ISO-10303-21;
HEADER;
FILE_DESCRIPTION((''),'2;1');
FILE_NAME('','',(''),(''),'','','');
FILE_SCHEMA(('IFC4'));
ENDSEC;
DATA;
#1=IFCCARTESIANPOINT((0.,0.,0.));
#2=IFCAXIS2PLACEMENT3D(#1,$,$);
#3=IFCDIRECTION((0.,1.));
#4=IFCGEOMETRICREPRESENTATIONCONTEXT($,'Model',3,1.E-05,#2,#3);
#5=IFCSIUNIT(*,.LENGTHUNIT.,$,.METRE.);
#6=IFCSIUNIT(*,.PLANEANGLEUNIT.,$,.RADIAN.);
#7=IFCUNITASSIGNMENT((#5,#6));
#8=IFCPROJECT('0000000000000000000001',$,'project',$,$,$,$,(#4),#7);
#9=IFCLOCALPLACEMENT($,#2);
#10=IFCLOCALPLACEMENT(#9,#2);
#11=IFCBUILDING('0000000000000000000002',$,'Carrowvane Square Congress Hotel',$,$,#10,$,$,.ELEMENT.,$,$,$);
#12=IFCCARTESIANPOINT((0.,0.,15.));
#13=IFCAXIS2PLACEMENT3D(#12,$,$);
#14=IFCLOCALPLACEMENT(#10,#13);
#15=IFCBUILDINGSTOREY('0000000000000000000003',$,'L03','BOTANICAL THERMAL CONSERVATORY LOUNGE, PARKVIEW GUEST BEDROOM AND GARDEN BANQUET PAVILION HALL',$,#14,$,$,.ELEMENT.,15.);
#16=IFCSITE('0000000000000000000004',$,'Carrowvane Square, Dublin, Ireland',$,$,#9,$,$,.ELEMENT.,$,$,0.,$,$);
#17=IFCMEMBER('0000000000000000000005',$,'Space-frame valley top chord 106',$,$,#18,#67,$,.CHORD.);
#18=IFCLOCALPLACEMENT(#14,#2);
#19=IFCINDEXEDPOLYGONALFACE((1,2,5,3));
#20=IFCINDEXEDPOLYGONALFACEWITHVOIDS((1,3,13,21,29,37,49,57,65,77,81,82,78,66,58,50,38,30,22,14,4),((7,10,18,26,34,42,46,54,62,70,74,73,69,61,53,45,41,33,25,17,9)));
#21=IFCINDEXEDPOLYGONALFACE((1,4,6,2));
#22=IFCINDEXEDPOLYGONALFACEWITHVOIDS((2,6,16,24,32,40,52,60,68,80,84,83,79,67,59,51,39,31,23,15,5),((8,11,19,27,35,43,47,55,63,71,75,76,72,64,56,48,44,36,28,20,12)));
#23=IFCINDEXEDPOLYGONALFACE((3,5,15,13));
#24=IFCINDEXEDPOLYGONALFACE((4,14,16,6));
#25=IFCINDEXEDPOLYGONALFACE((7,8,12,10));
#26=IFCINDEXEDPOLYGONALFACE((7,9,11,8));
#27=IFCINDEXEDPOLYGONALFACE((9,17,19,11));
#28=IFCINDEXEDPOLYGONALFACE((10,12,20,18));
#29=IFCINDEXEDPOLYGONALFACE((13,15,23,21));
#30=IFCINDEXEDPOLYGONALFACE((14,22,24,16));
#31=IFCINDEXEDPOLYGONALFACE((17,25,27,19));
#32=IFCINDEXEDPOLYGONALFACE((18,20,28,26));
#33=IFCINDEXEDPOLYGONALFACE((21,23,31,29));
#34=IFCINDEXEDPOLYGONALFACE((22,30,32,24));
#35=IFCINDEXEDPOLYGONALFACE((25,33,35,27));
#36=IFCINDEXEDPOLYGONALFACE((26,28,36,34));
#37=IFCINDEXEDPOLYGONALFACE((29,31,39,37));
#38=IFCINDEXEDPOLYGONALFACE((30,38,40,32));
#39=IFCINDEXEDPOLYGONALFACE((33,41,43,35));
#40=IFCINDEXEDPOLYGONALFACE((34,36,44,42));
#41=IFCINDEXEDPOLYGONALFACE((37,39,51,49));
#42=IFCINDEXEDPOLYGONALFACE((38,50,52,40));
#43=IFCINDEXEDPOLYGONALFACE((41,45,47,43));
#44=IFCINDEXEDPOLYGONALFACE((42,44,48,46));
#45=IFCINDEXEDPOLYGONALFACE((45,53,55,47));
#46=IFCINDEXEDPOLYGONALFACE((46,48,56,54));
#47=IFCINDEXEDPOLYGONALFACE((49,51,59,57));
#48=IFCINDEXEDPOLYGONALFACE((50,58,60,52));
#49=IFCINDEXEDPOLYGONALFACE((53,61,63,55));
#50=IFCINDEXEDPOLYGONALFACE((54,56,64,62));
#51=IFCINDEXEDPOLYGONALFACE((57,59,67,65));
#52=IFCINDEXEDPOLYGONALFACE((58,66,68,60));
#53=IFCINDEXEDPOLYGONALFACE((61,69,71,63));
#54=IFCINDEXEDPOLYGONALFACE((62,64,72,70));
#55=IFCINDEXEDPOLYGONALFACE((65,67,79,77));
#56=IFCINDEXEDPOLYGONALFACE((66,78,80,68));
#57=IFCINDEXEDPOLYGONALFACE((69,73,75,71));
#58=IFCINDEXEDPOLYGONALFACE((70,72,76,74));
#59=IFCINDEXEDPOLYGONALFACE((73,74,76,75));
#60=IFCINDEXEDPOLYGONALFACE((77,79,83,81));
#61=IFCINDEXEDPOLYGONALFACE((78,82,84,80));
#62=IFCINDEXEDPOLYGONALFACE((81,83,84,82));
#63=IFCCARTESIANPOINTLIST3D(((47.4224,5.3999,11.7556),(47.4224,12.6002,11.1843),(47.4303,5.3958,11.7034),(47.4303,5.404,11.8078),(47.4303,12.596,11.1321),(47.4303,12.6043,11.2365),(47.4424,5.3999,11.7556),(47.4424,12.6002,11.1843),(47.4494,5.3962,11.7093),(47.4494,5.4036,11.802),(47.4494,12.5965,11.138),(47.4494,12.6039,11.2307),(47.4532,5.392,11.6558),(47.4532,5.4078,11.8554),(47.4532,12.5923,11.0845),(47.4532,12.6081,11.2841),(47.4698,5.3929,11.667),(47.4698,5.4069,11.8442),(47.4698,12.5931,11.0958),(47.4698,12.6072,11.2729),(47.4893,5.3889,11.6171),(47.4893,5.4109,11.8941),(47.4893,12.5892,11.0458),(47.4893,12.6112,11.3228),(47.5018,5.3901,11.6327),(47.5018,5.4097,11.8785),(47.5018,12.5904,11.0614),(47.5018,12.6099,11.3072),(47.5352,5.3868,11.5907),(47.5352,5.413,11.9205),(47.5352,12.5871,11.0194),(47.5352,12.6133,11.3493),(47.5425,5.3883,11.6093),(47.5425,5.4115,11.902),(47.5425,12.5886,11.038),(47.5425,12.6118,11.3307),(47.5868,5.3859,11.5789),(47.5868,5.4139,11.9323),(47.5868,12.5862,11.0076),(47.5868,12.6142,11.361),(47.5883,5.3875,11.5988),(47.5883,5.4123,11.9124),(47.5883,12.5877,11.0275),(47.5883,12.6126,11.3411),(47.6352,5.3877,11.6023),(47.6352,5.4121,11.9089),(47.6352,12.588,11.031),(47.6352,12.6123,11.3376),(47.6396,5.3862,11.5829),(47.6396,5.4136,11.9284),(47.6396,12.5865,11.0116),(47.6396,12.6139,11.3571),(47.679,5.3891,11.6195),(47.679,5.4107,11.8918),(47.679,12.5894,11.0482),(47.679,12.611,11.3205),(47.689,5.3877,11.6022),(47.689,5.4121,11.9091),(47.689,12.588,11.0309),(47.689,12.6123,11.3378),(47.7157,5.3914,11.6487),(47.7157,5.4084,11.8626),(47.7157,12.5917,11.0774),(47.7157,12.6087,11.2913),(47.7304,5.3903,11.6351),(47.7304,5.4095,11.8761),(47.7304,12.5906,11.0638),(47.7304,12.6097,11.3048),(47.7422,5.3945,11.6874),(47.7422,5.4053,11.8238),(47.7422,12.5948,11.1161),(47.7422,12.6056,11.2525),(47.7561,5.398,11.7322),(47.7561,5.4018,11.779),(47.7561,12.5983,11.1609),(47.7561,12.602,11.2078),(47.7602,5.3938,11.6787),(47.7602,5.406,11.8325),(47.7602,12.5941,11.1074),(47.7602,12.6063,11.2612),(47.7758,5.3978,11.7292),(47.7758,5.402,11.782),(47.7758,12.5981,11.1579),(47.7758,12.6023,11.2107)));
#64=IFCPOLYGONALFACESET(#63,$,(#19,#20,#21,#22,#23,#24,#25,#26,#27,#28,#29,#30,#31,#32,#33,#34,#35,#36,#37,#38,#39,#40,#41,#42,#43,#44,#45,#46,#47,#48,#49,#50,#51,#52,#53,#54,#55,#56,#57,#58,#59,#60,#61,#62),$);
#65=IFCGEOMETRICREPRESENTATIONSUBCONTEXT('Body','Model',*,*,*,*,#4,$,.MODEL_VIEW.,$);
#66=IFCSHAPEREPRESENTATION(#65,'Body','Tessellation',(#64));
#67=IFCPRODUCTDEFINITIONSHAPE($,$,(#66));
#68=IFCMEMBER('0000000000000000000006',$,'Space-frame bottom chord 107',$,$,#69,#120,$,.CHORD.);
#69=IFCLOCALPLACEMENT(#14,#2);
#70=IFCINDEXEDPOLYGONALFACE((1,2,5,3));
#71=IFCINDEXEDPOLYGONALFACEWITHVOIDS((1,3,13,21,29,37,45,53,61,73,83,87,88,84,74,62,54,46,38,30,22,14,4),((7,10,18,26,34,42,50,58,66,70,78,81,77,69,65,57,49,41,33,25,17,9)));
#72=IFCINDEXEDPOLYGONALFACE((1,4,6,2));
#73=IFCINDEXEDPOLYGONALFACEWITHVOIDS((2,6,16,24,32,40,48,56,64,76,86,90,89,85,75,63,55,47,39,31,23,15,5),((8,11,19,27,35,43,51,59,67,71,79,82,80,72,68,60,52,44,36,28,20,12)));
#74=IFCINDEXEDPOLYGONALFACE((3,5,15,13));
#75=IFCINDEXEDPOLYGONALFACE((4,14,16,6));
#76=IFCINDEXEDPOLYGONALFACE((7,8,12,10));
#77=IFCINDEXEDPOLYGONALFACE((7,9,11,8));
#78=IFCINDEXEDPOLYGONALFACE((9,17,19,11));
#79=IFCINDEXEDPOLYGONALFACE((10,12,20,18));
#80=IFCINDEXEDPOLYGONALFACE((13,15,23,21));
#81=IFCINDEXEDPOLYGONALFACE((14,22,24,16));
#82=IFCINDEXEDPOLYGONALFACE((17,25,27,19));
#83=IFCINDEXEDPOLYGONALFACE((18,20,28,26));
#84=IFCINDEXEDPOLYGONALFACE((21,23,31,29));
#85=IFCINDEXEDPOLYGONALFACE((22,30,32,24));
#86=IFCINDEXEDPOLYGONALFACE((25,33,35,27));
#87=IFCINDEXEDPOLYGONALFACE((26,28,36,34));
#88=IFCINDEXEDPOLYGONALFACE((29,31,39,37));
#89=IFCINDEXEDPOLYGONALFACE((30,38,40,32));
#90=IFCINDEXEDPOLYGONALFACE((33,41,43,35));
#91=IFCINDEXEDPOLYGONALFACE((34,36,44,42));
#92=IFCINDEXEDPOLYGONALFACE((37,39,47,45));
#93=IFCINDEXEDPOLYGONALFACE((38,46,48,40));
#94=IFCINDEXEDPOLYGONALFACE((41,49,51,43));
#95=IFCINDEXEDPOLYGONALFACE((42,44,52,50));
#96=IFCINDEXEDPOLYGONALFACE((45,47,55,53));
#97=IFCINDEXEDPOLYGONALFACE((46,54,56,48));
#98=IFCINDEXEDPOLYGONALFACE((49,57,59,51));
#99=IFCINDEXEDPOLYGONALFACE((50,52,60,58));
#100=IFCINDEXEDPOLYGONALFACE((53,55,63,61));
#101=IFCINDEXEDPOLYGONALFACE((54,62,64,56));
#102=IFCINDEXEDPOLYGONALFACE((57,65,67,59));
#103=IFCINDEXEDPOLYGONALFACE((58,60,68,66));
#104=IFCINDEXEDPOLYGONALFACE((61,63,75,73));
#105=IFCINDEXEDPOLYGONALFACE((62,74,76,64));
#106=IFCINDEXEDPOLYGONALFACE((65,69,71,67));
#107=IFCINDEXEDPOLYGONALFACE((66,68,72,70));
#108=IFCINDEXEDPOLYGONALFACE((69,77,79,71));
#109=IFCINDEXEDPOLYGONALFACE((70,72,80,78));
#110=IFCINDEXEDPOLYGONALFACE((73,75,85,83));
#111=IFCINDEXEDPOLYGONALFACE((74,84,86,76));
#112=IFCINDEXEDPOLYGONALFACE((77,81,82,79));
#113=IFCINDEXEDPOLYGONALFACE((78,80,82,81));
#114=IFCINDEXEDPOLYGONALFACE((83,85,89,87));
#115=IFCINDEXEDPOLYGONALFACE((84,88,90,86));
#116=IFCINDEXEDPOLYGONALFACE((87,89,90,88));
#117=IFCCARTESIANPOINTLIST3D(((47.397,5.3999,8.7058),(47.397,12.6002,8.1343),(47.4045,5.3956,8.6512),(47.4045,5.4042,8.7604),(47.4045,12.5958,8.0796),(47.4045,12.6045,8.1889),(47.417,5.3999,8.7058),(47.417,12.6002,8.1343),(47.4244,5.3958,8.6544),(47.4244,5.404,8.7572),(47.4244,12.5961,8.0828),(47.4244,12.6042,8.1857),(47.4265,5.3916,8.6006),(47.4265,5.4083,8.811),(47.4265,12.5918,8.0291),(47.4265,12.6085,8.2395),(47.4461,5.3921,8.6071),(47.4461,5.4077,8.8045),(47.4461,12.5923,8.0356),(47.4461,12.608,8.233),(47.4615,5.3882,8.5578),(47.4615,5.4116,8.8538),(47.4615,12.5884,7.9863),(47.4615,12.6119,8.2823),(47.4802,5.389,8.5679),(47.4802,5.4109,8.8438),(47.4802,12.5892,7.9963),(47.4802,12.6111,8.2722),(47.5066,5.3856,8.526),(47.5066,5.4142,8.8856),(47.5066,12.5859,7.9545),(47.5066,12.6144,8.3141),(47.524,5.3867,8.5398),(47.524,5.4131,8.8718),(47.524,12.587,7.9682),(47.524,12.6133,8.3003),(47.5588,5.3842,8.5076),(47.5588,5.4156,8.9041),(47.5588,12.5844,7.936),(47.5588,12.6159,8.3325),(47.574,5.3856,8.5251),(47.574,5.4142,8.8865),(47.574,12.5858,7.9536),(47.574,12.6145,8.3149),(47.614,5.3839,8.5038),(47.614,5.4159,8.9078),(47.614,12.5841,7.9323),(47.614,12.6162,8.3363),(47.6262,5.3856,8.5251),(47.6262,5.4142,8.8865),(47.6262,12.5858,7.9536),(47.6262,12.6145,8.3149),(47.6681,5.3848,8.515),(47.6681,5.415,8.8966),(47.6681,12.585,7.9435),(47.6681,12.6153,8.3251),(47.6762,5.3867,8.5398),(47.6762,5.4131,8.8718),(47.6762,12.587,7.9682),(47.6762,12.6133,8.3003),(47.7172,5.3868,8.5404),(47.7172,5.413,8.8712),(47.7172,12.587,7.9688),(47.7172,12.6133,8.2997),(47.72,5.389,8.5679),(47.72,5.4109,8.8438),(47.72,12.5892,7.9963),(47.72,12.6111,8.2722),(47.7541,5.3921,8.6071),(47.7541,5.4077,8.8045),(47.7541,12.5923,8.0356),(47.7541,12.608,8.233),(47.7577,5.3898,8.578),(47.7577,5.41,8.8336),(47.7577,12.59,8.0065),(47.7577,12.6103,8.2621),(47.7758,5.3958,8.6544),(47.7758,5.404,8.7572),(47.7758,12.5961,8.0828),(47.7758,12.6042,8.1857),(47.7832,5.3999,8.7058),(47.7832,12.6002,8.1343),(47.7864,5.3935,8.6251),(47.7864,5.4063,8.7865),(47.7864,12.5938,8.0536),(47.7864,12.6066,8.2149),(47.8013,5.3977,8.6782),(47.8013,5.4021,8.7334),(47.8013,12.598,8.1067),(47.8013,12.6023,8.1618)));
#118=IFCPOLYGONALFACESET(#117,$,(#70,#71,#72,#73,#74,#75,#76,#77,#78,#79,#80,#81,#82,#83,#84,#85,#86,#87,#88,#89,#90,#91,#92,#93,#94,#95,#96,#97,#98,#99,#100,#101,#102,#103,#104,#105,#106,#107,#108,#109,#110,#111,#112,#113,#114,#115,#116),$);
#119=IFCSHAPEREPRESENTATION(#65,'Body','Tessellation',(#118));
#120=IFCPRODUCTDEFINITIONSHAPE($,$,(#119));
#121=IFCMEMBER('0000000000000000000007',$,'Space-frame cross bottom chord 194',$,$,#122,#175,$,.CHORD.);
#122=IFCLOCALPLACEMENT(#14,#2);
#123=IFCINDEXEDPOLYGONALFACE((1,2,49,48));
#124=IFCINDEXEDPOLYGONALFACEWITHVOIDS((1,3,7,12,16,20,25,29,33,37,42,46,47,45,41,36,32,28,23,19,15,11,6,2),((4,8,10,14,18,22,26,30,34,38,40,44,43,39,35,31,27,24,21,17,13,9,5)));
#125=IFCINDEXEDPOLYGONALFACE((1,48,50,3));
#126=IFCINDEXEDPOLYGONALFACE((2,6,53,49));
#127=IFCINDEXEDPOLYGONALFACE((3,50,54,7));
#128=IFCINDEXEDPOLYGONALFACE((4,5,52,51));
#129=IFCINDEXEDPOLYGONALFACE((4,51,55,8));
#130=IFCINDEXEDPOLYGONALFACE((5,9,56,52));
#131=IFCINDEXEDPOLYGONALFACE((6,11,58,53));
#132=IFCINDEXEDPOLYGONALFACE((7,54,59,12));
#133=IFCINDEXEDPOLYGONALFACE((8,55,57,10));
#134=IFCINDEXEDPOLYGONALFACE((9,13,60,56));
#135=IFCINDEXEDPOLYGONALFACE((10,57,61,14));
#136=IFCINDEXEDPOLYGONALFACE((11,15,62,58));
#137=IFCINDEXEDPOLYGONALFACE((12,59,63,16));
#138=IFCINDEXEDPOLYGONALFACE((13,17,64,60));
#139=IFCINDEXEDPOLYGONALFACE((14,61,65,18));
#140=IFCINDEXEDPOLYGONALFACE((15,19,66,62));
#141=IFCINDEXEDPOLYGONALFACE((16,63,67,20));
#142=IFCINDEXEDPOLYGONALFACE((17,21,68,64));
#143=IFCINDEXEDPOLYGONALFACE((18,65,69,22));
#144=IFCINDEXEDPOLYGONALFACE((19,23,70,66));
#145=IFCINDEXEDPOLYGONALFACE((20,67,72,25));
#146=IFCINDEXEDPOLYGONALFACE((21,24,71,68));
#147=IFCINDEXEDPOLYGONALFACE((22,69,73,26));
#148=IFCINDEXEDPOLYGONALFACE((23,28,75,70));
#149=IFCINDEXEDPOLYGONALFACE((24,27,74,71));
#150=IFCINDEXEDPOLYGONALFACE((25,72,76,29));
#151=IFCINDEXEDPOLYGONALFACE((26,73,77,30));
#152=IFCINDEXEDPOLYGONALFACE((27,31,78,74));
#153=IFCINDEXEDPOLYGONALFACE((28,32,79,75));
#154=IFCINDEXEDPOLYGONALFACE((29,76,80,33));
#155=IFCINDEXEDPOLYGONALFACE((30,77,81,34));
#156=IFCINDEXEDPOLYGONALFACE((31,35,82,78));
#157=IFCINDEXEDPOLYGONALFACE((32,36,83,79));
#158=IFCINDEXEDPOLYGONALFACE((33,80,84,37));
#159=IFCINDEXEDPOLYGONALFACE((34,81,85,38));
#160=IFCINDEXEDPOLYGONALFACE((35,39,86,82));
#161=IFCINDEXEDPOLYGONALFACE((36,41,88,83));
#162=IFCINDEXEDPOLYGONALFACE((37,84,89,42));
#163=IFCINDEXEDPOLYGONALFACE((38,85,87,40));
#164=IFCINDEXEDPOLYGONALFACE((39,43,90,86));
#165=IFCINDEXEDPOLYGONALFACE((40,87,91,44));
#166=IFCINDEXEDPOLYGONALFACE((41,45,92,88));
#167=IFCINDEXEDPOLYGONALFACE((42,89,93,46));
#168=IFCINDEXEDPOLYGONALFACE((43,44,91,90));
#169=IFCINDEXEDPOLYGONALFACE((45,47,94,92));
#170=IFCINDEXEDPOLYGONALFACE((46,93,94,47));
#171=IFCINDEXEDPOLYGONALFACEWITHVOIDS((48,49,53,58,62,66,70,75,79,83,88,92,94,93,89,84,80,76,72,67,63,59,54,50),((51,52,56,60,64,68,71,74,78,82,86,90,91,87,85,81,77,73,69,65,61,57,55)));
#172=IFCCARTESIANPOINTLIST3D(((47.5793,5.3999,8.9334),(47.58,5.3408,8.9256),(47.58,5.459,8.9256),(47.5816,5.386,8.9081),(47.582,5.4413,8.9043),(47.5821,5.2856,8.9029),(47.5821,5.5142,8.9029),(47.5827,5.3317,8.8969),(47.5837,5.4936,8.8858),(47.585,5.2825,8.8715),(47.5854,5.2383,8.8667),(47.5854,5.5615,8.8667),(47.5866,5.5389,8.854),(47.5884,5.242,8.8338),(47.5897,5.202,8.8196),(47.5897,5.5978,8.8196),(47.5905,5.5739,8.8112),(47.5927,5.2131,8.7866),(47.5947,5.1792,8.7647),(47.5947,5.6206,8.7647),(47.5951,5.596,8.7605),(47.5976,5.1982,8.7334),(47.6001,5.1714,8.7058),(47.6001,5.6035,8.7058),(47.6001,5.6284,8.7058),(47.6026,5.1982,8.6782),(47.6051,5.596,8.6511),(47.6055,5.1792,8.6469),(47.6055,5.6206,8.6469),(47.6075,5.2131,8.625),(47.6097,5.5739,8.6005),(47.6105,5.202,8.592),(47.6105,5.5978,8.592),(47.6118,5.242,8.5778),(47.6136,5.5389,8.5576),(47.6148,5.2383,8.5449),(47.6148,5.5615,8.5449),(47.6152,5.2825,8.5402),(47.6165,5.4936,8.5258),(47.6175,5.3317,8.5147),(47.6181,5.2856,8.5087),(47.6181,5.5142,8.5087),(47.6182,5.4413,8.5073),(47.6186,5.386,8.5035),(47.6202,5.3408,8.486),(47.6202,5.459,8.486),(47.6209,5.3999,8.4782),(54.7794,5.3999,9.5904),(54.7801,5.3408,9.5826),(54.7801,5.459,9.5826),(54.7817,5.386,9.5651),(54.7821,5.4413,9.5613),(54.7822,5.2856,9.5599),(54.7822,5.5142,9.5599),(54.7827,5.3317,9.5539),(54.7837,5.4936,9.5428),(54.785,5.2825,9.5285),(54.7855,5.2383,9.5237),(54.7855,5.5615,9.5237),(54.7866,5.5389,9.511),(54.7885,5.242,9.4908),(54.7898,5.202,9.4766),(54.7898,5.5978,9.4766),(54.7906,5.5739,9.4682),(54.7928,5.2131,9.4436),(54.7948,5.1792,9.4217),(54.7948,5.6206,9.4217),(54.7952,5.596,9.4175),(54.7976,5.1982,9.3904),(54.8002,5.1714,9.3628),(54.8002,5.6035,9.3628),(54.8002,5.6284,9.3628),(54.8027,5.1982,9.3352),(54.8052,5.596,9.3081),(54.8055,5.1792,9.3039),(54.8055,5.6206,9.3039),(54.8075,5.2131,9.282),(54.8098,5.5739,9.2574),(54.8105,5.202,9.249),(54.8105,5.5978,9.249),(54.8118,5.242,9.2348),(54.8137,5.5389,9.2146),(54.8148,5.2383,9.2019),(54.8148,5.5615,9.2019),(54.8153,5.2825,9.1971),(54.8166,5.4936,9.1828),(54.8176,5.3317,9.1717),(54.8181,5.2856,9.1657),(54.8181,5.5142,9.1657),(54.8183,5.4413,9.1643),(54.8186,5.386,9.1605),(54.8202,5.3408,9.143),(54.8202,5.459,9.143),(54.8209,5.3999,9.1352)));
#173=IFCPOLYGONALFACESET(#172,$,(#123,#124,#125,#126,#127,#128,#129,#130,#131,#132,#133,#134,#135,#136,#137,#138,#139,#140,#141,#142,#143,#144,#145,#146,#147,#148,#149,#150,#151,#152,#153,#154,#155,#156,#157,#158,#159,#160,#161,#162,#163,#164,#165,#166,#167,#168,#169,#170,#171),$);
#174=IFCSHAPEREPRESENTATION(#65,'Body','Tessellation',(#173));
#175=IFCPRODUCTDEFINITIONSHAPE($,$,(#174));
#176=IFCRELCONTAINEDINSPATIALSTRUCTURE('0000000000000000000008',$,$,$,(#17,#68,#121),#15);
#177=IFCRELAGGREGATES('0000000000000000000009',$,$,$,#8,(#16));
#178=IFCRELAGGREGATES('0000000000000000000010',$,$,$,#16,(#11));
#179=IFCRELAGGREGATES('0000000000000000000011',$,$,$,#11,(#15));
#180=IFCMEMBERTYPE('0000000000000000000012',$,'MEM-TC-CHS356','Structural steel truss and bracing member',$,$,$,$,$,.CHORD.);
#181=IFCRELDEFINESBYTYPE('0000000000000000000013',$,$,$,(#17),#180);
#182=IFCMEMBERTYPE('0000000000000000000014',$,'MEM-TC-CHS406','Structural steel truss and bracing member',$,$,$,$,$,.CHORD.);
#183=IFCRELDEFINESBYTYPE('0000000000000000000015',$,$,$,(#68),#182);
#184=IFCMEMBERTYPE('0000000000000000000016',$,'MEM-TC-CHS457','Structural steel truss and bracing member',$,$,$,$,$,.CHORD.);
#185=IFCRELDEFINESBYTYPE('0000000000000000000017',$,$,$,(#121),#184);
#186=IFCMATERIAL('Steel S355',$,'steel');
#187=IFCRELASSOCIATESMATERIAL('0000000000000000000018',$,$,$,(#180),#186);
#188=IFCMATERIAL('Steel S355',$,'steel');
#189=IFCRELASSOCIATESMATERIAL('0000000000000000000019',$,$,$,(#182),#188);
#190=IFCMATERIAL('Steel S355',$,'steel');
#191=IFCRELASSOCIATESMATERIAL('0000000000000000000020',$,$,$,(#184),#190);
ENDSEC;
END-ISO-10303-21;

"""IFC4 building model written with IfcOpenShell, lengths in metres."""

from ifc_helpers import new_model, si_unit, direction, frame, origin, origin_2d, place, context, subcontext, project, spatial, hollow_circle, extrude, material, material_profile, profile_set, type_object, element, save


model = new_model("IFC4")

# Units and contexts
model_context = context("Model", 3, precision=1e-05, world=origin(), true_north=direction((0.0, 1.0)))
body_context = subcontext(model_context, "Body", "Model", "MODEL_VIEW")
ifc_project = project(units=[si_unit("LENGTHUNIT", "METRE"), si_unit("PLANEANGLEUNIT", "RADIAN")], contexts=[model_context])

# Site, building, storey
site_placement = place(None, origin())
site = spatial("IfcSite", under=ifc_project, at=site_placement, Name="Carrowvane Square, Dublin, Ireland", CompositionType="ELEMENT", RefElevation=0.0)
building_placement = place(site_placement, origin())
building = spatial("IfcBuilding", under=site, at=building_placement, Name="Carrowvane Square Congress Hotel", CompositionType="ELEMENT")
storey_placement = place(building_placement, frame((0.0, 0.0, 15.0)))
storey = spatial("IfcBuildingStorey", under=building, at=storey_placement, Name="L03", Description="BOTANICAL THERMAL CONSERVATORY LOUNGE, PARKVIEW GUEST BEDROOM AND GARDEN BANQUET PAVILION HALL", CompositionType="ELEMENT", Elevation=15.0)

# Members
ifc_material_1 = material(Name="Steel S355", Category="steel")
ifc_material_profile_1 = material_profile(ifc_material_1, hollow_circle(Radius=0.1777, WallThickness=0.02, at=origin_2d()), Name="CHS 355.6x20")
ifc_profile_set_1 = profile_set([ifc_material_profile_1], Name="Steel S355")
member_type_1 = type_object("IfcMemberType", Name="MEM-TC-CHS356", Description="Structural steel truss and bracing member", PredefinedType="CHORD", material=ifc_profile_set_1)
member_1_placement = place(storey_placement, frame((47.6001, 5.3999, 11.7556), z_axis=(0.0, 0.996867, -0.079095), x_axis=(-1.0, 0.0, 0.0)))
element("IfcMember", 1, at=member_1_placement, inside=storey, type_object=member_type_1, Name="Space-frame valley top chord 106", PredefinedType="CHORD", context=body_context, shape_type="SweptSolid", body=[
    extrude(hollow_circle(Radius=0.1777, WallThickness=0.02, at=origin_2d()), origin(), (0.0, 0.0, 1.0), 7.2229),
])
ifc_material_2 = material(Name="Steel S355", Category="steel")
ifc_material_profile_2 = material_profile(ifc_material_2, hollow_circle(Radius=0.2031, WallThickness=0.02, at=origin_2d()), Name="CHS 406.4x20")
ifc_profile_set_2 = profile_set([ifc_material_profile_2], Name="Steel S355")
member_type_2 = type_object("IfcMemberType", Name="MEM-TC-CHS406", Description="Structural steel truss and bracing member", PredefinedType="CHORD", material=ifc_profile_set_2)
member_2_placement = place(storey_placement, frame((47.6001, 5.3999, 8.7058), z_axis=(0.0, 0.996864, -0.079129), x_axis=(-1.0, 0.0, 0.0)))
element("IfcMember", 2, at=member_2_placement, inside=storey, type_object=member_type_2, Name="Space-frame bottom chord 107", PredefinedType="CHORD", context=body_context, shape_type="SweptSolid", body=[
    extrude(hollow_circle(Radius=0.2031, WallThickness=0.02, at=origin_2d()), origin(), (0.0, 0.0, 1.0), 7.2229),
])
ifc_material_3 = material(Name="Steel S355", Category="steel")
ifc_material_profile_3 = material_profile(ifc_material_3, hollow_circle(Radius=0.2285, WallThickness=0.0249, at=origin_2d()), Name="CHS 457.0x25")
ifc_profile_set_3 = profile_set([ifc_material_profile_3], Name="Steel S355")
member_type_3 = type_object("IfcMemberType", Name="MEM-TC-CHS457", Description="Structural steel truss and bracing member", PredefinedType="CHORD", material=ifc_profile_set_3)
member_3_placement = place(storey_placement, frame((47.6001, 5.3999, 8.7058), z_axis=(0.995863, 0.0, 0.090871), x_axis=(0.0, 1.0, 0.0)))
element("IfcMember", 3, at=member_3_placement, inside=storey, type_object=member_type_3, Name="Space-frame cross bottom chord 194", PredefinedType="CHORD", context=body_context, shape_type="SweptSolid", body=[
    extrude(hollow_circle(Radius=0.2285, WallThickness=0.0249, at=origin_2d()), origin(), (0.0, 0.0, 1.0), 7.23),
])

save(model, "model.ifc")
